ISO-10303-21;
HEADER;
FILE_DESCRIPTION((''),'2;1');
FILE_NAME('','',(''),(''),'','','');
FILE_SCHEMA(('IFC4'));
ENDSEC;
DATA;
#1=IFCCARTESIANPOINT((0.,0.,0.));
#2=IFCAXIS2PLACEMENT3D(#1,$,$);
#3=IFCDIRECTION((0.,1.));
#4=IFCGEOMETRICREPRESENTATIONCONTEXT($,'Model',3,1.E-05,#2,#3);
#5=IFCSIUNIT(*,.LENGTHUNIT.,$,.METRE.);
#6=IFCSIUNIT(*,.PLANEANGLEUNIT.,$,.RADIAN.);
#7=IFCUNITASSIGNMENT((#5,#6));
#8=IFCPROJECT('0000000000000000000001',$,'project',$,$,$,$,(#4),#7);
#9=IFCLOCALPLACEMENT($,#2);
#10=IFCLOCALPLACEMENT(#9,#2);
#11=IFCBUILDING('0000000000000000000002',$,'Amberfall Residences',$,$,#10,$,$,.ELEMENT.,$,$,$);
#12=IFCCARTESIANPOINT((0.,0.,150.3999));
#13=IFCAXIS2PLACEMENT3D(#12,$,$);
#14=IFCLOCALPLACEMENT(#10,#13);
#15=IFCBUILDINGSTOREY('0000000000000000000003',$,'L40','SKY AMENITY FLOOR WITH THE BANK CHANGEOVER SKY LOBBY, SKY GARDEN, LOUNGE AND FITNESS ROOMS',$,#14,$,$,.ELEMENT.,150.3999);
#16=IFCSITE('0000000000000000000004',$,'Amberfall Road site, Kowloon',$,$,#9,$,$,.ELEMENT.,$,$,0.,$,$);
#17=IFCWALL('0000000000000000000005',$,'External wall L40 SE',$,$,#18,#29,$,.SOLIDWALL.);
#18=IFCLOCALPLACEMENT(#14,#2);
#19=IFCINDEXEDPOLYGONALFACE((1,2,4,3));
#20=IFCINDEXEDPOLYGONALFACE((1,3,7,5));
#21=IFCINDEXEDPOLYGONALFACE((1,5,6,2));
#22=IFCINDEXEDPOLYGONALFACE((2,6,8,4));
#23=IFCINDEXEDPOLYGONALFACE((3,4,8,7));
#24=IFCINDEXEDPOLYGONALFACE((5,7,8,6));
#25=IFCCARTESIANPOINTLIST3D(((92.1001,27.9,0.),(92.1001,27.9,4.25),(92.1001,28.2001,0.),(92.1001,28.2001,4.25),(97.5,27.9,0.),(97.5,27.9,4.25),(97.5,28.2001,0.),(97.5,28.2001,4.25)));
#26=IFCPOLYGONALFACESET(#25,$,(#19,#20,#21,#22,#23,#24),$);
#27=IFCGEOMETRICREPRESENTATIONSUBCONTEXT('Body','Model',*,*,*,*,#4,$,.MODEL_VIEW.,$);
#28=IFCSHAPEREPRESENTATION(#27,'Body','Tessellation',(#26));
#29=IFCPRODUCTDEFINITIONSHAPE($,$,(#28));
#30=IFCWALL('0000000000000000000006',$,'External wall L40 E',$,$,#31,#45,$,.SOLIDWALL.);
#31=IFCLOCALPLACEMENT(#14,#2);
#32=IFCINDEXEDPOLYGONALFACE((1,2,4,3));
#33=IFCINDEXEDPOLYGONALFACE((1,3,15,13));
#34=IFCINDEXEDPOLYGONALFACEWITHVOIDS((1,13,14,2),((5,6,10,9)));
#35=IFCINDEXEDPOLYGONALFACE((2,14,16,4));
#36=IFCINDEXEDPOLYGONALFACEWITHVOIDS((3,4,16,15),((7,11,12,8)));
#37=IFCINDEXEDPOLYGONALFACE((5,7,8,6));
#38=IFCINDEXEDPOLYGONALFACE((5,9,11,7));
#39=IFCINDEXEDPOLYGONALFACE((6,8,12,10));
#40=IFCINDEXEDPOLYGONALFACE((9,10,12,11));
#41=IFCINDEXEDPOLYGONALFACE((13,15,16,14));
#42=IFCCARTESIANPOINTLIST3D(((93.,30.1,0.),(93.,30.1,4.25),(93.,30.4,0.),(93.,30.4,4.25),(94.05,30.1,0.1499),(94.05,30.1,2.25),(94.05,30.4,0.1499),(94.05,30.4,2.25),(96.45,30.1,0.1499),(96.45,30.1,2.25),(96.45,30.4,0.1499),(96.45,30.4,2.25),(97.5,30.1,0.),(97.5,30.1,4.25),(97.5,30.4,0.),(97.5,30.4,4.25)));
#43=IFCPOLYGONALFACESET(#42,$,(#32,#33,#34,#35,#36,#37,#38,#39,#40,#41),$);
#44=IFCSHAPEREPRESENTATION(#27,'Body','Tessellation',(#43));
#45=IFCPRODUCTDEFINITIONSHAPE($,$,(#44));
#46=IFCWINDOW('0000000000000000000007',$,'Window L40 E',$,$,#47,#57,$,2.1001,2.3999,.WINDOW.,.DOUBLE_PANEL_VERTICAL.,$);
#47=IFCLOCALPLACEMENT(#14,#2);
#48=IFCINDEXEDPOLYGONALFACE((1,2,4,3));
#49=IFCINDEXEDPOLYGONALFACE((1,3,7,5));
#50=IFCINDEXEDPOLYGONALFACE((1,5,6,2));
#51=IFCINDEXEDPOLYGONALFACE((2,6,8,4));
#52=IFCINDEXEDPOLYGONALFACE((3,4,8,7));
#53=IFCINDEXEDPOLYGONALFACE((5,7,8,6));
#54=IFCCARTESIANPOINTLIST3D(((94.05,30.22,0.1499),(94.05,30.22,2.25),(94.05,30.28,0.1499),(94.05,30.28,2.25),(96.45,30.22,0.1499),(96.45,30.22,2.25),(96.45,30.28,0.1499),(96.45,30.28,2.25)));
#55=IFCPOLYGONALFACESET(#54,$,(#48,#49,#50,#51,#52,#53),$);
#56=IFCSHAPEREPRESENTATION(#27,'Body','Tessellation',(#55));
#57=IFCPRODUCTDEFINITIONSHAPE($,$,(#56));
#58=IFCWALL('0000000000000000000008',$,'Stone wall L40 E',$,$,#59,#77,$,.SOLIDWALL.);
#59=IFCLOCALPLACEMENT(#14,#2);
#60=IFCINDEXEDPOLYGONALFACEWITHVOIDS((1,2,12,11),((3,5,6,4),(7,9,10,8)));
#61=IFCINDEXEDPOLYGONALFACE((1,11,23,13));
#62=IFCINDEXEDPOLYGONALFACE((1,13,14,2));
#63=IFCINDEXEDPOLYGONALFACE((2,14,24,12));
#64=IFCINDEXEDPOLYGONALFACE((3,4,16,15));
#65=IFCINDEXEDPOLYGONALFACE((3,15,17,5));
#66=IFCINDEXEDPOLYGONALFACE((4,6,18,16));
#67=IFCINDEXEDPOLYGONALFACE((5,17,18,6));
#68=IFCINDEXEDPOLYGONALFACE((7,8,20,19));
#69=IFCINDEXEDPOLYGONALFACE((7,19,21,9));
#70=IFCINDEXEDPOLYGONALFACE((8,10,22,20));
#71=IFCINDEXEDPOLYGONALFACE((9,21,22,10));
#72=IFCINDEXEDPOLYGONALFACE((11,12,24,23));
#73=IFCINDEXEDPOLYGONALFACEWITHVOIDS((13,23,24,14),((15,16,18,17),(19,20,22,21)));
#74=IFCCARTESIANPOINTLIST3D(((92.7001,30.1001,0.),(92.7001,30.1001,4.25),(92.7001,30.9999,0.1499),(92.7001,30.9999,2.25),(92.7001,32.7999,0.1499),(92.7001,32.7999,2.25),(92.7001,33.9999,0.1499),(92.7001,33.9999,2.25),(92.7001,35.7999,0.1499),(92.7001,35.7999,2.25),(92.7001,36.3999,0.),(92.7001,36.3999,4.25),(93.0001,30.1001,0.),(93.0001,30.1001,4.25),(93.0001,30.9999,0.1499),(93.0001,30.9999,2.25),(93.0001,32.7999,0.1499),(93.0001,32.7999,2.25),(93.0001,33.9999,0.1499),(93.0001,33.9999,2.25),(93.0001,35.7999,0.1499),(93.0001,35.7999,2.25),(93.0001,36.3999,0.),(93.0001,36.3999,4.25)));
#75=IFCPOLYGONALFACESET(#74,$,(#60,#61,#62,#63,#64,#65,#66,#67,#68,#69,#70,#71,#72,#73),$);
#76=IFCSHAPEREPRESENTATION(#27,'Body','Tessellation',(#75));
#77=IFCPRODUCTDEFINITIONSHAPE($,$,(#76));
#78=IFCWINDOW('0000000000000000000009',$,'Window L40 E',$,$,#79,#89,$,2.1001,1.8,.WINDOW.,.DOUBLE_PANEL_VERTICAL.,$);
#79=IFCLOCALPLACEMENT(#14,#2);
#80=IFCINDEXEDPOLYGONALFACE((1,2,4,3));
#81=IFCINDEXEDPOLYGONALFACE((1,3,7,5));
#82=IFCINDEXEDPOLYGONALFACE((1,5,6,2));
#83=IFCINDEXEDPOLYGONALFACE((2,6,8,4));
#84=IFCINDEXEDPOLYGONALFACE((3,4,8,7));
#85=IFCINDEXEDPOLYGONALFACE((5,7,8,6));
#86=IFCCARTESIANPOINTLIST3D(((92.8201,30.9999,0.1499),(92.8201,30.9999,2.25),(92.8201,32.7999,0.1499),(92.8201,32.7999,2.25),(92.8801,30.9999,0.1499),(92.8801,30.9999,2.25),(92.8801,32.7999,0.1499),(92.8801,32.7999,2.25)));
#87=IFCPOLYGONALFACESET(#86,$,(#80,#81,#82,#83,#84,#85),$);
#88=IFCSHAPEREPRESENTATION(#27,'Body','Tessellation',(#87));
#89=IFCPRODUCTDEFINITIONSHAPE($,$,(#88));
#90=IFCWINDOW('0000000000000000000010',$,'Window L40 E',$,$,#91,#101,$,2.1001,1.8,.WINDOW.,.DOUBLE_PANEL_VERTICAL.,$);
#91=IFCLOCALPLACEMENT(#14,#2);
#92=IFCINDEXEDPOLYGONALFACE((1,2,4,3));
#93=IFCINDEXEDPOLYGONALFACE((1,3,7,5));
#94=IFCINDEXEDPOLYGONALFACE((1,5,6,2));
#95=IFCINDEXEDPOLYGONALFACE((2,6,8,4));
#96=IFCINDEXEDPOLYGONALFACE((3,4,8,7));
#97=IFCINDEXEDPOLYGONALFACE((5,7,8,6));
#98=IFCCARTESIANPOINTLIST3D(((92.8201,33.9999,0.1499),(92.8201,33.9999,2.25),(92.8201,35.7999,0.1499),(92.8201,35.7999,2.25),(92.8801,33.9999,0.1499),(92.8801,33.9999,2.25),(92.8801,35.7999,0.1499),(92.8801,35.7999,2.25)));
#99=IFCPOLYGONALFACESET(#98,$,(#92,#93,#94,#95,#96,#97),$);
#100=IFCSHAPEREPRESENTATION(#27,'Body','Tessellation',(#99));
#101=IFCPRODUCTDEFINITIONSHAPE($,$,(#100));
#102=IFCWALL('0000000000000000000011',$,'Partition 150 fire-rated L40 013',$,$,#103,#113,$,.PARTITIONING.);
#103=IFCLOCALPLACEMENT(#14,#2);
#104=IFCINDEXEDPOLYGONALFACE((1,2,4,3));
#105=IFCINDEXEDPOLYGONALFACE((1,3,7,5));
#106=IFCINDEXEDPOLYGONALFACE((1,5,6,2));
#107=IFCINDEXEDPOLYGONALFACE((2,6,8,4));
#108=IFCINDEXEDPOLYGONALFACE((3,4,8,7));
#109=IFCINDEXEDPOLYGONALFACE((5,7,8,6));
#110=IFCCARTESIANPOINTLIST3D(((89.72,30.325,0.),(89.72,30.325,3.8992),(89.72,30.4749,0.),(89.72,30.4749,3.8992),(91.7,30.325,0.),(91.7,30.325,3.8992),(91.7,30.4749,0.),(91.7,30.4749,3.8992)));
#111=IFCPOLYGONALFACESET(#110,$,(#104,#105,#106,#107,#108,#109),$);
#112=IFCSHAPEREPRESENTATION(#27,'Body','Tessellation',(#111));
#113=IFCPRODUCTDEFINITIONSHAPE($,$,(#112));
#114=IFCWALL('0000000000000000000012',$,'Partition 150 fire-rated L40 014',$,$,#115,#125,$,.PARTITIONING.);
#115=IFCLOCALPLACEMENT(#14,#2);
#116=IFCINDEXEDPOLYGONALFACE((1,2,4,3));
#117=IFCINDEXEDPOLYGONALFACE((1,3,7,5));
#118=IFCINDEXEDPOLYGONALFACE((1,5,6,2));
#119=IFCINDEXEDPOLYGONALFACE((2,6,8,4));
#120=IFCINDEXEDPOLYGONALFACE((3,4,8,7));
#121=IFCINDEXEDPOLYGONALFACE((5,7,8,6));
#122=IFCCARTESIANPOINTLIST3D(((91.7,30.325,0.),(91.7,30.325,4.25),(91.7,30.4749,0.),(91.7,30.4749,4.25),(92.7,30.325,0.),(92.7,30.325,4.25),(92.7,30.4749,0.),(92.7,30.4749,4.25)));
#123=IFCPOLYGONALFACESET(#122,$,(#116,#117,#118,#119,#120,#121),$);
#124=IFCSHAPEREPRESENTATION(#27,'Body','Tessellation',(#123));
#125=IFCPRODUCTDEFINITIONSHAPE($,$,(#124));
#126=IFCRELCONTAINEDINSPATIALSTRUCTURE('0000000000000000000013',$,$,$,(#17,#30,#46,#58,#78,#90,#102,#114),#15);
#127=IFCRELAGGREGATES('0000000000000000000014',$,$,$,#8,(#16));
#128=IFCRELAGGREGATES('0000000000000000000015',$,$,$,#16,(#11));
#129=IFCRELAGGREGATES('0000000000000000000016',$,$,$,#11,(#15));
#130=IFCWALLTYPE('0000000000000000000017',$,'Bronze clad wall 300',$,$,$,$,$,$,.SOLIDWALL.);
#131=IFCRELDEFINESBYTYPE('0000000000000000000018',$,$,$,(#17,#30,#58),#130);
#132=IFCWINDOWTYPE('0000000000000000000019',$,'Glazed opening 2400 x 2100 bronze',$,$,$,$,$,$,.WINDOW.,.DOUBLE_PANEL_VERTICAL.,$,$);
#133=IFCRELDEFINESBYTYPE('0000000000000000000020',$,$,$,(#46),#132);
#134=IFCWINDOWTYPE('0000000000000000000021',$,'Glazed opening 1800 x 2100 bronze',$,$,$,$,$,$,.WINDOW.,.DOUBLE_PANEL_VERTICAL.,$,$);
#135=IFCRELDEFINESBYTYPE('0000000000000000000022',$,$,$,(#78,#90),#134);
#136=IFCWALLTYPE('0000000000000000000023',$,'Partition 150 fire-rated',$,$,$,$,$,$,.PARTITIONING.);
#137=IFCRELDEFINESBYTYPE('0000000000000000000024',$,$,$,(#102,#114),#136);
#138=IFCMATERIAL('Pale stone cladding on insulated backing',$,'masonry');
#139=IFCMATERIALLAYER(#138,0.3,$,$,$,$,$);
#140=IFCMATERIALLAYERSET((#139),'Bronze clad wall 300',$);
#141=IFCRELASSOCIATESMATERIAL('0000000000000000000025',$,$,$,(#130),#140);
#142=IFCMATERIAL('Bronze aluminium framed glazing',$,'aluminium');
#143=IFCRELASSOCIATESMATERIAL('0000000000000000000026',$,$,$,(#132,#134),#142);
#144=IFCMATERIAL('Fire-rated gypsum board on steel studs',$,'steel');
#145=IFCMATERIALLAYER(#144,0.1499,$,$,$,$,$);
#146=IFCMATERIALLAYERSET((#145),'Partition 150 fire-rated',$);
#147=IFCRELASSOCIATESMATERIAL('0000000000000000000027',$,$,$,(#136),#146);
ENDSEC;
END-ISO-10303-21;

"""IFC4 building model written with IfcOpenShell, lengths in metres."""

from ifc_helpers import new_model, si_unit, direction, frame, frame_2d, origin, place, context, subcontext, project, spatial, rectangle, extrude, material, layer, layer_set, type_object, element, fill, save


model = new_model("IFC4")

# Units and contexts
model_context = context("Model", 3, precision=1e-05, world=origin(), true_north=direction((0.0, 1.0)))
body_context = subcontext(model_context, "Body", "Model", "MODEL_VIEW")
ifc_project = project(units=[si_unit("LENGTHUNIT", "METRE"), si_unit("PLANEANGLEUNIT", "RADIAN")], contexts=[model_context])

# Site, building, storey
site_placement = place(None, origin())
site = spatial("IfcSite", under=ifc_project, at=site_placement, Name="Amberfall Road site, Kowloon", CompositionType="ELEMENT", RefElevation=0.0)
building_placement = place(site_placement, origin())
building = spatial("IfcBuilding", under=site, at=building_placement, Name="Amberfall Residences", CompositionType="ELEMENT")
storey_placement = place(building_placement, frame((0.0, 0.0, 150.3999)))
storey = spatial("IfcBuildingStorey", under=building, at=storey_placement, Name="L40", Description="SKY AMENITY FLOOR WITH THE BANK CHANGEOVER SKY LOBBY, SKY GARDEN, LOUNGE AND FITNESS ROOMS", CompositionType="ELEMENT", Elevation=150.3999)

# Shared definitions
ifc_material_1 = material(Name="Pale stone cladding on insulated backing", Category="masonry")
ifc_layer_1 = layer(ifc_material_1, 0.3)
ifc_layer_set_1 = layer_set([ifc_layer_1], Name="Bronze clad wall 300")
wall_type_1 = type_object("IfcWallType", Name="Bronze clad wall 300", PredefinedType="SOLIDWALL", material=ifc_layer_set_1)

# Shared definitions
ifc_material_2 = material(Name="Bronze aluminium framed glazing", Category="aluminium")
window_type_1 = type_object("IfcWindowType", Name="Glazed opening 2400 x 2100 bronze", PartitioningType="DOUBLE_PANEL_VERTICAL", PredefinedType="WINDOW", material=ifc_material_2)

# Wall
wall_1_placement = place(storey_placement, frame((92.1001, 28.05, 0.0), z_axis=(0.0, 0.0, 1.0), x_axis=(1.0, 0.0, 0.0)))
element("IfcWall", 1, at=wall_1_placement, inside=storey, type_object=wall_type_1, Name="External wall L40 SE", PredefinedType="SOLIDWALL", context=body_context, shape_type="SweptSolid", body=[
    extrude(rectangle(XDim=5.3999, YDim=0.3, at=frame_2d((2.7, 0.0))), origin(), (0.0, 0.0, 1.0), 4.25),
])

# Wall, opening, window
wall_2_placement = place(storey_placement, frame((97.5, 30.25, 0.0), z_axis=(0.0, 0.0, 1.0), x_axis=(-1.0, 0.0, 0.0)))
wall_2 = element("IfcWall", 2, at=wall_2_placement, inside=storey, type_object=wall_type_1, Name="External wall L40 E", PredefinedType="SOLIDWALL", context=body_context, shape_type="SweptSolid", body=[
    extrude(rectangle(XDim=4.5, YDim=0.3, at=frame_2d((2.25, 0.0))), origin(), (0.0, 0.0, 1.0), 4.25),
])
opening_1_placement = place(wall_2_placement, frame((1.05, 0.0, 0.1499)))
opening_1 = element("IfcOpeningElement", 3, at=opening_1_placement, cuts=wall_2, PredefinedType="OPENING", context=body_context, shape_type="SweptSolid", body=[
    extrude(rectangle(XDim=2.3999, YDim=2.1001, at=frame_2d((1.2, 1.05))), frame((0.0, 0.1599, 0.0), z_axis=(0.0, -1.0, 0.0), x_axis=(1.0, 0.0, 0.0)), (0.0, 0.0, 1.0), 0.3201),
])
window_1_placement = place(opening_1_placement, origin())
window_1 = element("IfcWindow", 4, at=window_1_placement, inside=storey, type_object=window_type_1, Name="Window L40 E", OverallHeight=2.1001, OverallWidth=2.3999, PartitioningType="DOUBLE_PANEL_VERTICAL", PredefinedType="WINDOW", context=body_context, shape_type="SweptSolid", body=[
    extrude(rectangle(XDim=2.3999, YDim=2.1001, at=frame_2d((1.2, 1.05))), frame((0.0, 0.03, 0.0), z_axis=(0.0, -1.0, 0.0), x_axis=(1.0, 0.0, 0.0)), (0.0, 0.0, 1.0), 0.0601),
])
fill(opening_1, window_1)

# Wall, openings, windows
wall_3_placement = place(storey_placement, frame((92.8501, 30.1001, 0.0), z_axis=(0.0, 0.0, 1.0), x_axis=(0.0, 1.0, 0.0)))
wall_3 = element("IfcWall", 5, at=wall_3_placement, inside=storey, type_object=wall_type_1, Name="Stone wall L40 E", PredefinedType="SOLIDWALL", context=body_context, shape_type="SweptSolid", body=[
    extrude(rectangle(XDim=6.2998, YDim=0.3, at=frame_2d((3.1499, 0.0))), origin(), (0.0, 0.0, 1.0), 4.25),
])
opening_2_placement = place(wall_3_placement, frame((0.8999, 0.0, 0.1499)))
opening_2 = element("IfcOpeningElement", 6, at=opening_2_placement, cuts=wall_3, PredefinedType="OPENING", context=body_context, shape_type="SweptSolid", body=[
    extrude(rectangle(XDim=1.8, YDim=2.1001, at=frame_2d((0.8999, 1.05))), frame((0.0, 0.1599, 0.0), z_axis=(0.0, -1.0, 0.0), x_axis=(1.0, 0.0, 0.0)), (0.0, 0.0, 1.0), 0.3201),
])
opening_3_placement = place(wall_3_placement, frame((3.8999, 0.0, 0.1499)))
opening_3 = element("IfcOpeningElement", 7, at=opening_3_placement, cuts=wall_3, PredefinedType="OPENING", context=body_context, shape_type="SweptSolid", body=[
    extrude(rectangle(XDim=1.8, YDim=2.1001, at=frame_2d((0.8999, 1.05))), frame((0.0, 0.1599, 0.0), z_axis=(0.0, -1.0, 0.0), x_axis=(1.0, 0.0, 0.0)), (0.0, 0.0, 1.0), 0.3201),
])
window_type_2 = type_object("IfcWindowType", Name="Glazed opening 1800 x 2100 bronze", PartitioningType="DOUBLE_PANEL_VERTICAL", PredefinedType="WINDOW", material=ifc_material_2)
window_2_placement = place(opening_2_placement, origin())
window_2 = element("IfcWindow", 8, at=window_2_placement, inside=storey, type_object=window_type_2, Name="Window L40 E", OverallHeight=2.1001, OverallWidth=1.8, PartitioningType="DOUBLE_PANEL_VERTICAL", PredefinedType="WINDOW", context=body_context, shape_type="SweptSolid", body=[
    extrude(rectangle(XDim=1.8, YDim=2.1001, at=frame_2d((0.8999, 1.05))), frame((0.0, 0.03, 0.0), z_axis=(0.0, -1.0, 0.0), x_axis=(1.0, 0.0, 0.0)), (0.0, 0.0, 1.0), 0.0601),
])
fill(opening_2, window_2)
window_3_placement = place(opening_3_placement, origin())
window_3 = element("IfcWindow", 9, at=window_3_placement, inside=storey, type_object=window_type_2, Name="Window L40 E", OverallHeight=2.1001, OverallWidth=1.8, PartitioningType="DOUBLE_PANEL_VERTICAL", PredefinedType="WINDOW", context=body_context, shape_type="SweptSolid", body=[
    extrude(rectangle(XDim=1.8, YDim=2.1001, at=frame_2d((0.8999, 1.05))), frame((0.0, 0.03, 0.0), z_axis=(0.0, -1.0, 0.0), x_axis=(1.0, 0.0, 0.0)), (0.0, 0.0, 1.0), 0.0601),
])
fill(opening_3, window_3)

# Walls
ifc_material_3 = material(Name="Fire-rated gypsum board on steel studs", Category="steel")
ifc_layer_2 = layer(ifc_material_3, 0.1499)
ifc_layer_set_2 = layer_set([ifc_layer_2], Name="Partition 150 fire-rated")
wall_type_2 = type_object("IfcWallType", Name="Partition 150 fire-rated", PredefinedType="PARTITIONING", material=ifc_layer_set_2)
wall_4_placement = place(storey_placement, frame((89.72, 30.3999, 0.0), z_axis=(0.0, 0.0, 1.0), x_axis=(1.0, 0.0, 0.0)))
element("IfcWall", 10, at=wall_4_placement, inside=storey, type_object=wall_type_2, Name="Partition 150 fire-rated L40 013", PredefinedType="PARTITIONING", context=body_context, shape_type="SweptSolid", body=[
    extrude(rectangle(XDim=1.98, YDim=0.1499, at=frame_2d((0.99, 0.0))), origin(), (0.0, 0.0, 1.0), 3.8992),
])
wall_5_placement = place(storey_placement, frame((91.7, 30.3999, 0.0), z_axis=(0.0, 0.0, 1.0), x_axis=(1.0, 0.0, 0.0)))
element("IfcWall", 11, at=wall_5_placement, inside=storey, type_object=wall_type_2, Name="Partition 150 fire-rated L40 014", PredefinedType="PARTITIONING", context=body_context, shape_type="SweptSolid", body=[
    extrude(rectangle(XDim=1.0, YDim=0.1499, at=frame_2d((0.5, 0.0))), origin(), (0.0, 0.0, 1.0), 4.25),
])

save(model, "model.ifc")
